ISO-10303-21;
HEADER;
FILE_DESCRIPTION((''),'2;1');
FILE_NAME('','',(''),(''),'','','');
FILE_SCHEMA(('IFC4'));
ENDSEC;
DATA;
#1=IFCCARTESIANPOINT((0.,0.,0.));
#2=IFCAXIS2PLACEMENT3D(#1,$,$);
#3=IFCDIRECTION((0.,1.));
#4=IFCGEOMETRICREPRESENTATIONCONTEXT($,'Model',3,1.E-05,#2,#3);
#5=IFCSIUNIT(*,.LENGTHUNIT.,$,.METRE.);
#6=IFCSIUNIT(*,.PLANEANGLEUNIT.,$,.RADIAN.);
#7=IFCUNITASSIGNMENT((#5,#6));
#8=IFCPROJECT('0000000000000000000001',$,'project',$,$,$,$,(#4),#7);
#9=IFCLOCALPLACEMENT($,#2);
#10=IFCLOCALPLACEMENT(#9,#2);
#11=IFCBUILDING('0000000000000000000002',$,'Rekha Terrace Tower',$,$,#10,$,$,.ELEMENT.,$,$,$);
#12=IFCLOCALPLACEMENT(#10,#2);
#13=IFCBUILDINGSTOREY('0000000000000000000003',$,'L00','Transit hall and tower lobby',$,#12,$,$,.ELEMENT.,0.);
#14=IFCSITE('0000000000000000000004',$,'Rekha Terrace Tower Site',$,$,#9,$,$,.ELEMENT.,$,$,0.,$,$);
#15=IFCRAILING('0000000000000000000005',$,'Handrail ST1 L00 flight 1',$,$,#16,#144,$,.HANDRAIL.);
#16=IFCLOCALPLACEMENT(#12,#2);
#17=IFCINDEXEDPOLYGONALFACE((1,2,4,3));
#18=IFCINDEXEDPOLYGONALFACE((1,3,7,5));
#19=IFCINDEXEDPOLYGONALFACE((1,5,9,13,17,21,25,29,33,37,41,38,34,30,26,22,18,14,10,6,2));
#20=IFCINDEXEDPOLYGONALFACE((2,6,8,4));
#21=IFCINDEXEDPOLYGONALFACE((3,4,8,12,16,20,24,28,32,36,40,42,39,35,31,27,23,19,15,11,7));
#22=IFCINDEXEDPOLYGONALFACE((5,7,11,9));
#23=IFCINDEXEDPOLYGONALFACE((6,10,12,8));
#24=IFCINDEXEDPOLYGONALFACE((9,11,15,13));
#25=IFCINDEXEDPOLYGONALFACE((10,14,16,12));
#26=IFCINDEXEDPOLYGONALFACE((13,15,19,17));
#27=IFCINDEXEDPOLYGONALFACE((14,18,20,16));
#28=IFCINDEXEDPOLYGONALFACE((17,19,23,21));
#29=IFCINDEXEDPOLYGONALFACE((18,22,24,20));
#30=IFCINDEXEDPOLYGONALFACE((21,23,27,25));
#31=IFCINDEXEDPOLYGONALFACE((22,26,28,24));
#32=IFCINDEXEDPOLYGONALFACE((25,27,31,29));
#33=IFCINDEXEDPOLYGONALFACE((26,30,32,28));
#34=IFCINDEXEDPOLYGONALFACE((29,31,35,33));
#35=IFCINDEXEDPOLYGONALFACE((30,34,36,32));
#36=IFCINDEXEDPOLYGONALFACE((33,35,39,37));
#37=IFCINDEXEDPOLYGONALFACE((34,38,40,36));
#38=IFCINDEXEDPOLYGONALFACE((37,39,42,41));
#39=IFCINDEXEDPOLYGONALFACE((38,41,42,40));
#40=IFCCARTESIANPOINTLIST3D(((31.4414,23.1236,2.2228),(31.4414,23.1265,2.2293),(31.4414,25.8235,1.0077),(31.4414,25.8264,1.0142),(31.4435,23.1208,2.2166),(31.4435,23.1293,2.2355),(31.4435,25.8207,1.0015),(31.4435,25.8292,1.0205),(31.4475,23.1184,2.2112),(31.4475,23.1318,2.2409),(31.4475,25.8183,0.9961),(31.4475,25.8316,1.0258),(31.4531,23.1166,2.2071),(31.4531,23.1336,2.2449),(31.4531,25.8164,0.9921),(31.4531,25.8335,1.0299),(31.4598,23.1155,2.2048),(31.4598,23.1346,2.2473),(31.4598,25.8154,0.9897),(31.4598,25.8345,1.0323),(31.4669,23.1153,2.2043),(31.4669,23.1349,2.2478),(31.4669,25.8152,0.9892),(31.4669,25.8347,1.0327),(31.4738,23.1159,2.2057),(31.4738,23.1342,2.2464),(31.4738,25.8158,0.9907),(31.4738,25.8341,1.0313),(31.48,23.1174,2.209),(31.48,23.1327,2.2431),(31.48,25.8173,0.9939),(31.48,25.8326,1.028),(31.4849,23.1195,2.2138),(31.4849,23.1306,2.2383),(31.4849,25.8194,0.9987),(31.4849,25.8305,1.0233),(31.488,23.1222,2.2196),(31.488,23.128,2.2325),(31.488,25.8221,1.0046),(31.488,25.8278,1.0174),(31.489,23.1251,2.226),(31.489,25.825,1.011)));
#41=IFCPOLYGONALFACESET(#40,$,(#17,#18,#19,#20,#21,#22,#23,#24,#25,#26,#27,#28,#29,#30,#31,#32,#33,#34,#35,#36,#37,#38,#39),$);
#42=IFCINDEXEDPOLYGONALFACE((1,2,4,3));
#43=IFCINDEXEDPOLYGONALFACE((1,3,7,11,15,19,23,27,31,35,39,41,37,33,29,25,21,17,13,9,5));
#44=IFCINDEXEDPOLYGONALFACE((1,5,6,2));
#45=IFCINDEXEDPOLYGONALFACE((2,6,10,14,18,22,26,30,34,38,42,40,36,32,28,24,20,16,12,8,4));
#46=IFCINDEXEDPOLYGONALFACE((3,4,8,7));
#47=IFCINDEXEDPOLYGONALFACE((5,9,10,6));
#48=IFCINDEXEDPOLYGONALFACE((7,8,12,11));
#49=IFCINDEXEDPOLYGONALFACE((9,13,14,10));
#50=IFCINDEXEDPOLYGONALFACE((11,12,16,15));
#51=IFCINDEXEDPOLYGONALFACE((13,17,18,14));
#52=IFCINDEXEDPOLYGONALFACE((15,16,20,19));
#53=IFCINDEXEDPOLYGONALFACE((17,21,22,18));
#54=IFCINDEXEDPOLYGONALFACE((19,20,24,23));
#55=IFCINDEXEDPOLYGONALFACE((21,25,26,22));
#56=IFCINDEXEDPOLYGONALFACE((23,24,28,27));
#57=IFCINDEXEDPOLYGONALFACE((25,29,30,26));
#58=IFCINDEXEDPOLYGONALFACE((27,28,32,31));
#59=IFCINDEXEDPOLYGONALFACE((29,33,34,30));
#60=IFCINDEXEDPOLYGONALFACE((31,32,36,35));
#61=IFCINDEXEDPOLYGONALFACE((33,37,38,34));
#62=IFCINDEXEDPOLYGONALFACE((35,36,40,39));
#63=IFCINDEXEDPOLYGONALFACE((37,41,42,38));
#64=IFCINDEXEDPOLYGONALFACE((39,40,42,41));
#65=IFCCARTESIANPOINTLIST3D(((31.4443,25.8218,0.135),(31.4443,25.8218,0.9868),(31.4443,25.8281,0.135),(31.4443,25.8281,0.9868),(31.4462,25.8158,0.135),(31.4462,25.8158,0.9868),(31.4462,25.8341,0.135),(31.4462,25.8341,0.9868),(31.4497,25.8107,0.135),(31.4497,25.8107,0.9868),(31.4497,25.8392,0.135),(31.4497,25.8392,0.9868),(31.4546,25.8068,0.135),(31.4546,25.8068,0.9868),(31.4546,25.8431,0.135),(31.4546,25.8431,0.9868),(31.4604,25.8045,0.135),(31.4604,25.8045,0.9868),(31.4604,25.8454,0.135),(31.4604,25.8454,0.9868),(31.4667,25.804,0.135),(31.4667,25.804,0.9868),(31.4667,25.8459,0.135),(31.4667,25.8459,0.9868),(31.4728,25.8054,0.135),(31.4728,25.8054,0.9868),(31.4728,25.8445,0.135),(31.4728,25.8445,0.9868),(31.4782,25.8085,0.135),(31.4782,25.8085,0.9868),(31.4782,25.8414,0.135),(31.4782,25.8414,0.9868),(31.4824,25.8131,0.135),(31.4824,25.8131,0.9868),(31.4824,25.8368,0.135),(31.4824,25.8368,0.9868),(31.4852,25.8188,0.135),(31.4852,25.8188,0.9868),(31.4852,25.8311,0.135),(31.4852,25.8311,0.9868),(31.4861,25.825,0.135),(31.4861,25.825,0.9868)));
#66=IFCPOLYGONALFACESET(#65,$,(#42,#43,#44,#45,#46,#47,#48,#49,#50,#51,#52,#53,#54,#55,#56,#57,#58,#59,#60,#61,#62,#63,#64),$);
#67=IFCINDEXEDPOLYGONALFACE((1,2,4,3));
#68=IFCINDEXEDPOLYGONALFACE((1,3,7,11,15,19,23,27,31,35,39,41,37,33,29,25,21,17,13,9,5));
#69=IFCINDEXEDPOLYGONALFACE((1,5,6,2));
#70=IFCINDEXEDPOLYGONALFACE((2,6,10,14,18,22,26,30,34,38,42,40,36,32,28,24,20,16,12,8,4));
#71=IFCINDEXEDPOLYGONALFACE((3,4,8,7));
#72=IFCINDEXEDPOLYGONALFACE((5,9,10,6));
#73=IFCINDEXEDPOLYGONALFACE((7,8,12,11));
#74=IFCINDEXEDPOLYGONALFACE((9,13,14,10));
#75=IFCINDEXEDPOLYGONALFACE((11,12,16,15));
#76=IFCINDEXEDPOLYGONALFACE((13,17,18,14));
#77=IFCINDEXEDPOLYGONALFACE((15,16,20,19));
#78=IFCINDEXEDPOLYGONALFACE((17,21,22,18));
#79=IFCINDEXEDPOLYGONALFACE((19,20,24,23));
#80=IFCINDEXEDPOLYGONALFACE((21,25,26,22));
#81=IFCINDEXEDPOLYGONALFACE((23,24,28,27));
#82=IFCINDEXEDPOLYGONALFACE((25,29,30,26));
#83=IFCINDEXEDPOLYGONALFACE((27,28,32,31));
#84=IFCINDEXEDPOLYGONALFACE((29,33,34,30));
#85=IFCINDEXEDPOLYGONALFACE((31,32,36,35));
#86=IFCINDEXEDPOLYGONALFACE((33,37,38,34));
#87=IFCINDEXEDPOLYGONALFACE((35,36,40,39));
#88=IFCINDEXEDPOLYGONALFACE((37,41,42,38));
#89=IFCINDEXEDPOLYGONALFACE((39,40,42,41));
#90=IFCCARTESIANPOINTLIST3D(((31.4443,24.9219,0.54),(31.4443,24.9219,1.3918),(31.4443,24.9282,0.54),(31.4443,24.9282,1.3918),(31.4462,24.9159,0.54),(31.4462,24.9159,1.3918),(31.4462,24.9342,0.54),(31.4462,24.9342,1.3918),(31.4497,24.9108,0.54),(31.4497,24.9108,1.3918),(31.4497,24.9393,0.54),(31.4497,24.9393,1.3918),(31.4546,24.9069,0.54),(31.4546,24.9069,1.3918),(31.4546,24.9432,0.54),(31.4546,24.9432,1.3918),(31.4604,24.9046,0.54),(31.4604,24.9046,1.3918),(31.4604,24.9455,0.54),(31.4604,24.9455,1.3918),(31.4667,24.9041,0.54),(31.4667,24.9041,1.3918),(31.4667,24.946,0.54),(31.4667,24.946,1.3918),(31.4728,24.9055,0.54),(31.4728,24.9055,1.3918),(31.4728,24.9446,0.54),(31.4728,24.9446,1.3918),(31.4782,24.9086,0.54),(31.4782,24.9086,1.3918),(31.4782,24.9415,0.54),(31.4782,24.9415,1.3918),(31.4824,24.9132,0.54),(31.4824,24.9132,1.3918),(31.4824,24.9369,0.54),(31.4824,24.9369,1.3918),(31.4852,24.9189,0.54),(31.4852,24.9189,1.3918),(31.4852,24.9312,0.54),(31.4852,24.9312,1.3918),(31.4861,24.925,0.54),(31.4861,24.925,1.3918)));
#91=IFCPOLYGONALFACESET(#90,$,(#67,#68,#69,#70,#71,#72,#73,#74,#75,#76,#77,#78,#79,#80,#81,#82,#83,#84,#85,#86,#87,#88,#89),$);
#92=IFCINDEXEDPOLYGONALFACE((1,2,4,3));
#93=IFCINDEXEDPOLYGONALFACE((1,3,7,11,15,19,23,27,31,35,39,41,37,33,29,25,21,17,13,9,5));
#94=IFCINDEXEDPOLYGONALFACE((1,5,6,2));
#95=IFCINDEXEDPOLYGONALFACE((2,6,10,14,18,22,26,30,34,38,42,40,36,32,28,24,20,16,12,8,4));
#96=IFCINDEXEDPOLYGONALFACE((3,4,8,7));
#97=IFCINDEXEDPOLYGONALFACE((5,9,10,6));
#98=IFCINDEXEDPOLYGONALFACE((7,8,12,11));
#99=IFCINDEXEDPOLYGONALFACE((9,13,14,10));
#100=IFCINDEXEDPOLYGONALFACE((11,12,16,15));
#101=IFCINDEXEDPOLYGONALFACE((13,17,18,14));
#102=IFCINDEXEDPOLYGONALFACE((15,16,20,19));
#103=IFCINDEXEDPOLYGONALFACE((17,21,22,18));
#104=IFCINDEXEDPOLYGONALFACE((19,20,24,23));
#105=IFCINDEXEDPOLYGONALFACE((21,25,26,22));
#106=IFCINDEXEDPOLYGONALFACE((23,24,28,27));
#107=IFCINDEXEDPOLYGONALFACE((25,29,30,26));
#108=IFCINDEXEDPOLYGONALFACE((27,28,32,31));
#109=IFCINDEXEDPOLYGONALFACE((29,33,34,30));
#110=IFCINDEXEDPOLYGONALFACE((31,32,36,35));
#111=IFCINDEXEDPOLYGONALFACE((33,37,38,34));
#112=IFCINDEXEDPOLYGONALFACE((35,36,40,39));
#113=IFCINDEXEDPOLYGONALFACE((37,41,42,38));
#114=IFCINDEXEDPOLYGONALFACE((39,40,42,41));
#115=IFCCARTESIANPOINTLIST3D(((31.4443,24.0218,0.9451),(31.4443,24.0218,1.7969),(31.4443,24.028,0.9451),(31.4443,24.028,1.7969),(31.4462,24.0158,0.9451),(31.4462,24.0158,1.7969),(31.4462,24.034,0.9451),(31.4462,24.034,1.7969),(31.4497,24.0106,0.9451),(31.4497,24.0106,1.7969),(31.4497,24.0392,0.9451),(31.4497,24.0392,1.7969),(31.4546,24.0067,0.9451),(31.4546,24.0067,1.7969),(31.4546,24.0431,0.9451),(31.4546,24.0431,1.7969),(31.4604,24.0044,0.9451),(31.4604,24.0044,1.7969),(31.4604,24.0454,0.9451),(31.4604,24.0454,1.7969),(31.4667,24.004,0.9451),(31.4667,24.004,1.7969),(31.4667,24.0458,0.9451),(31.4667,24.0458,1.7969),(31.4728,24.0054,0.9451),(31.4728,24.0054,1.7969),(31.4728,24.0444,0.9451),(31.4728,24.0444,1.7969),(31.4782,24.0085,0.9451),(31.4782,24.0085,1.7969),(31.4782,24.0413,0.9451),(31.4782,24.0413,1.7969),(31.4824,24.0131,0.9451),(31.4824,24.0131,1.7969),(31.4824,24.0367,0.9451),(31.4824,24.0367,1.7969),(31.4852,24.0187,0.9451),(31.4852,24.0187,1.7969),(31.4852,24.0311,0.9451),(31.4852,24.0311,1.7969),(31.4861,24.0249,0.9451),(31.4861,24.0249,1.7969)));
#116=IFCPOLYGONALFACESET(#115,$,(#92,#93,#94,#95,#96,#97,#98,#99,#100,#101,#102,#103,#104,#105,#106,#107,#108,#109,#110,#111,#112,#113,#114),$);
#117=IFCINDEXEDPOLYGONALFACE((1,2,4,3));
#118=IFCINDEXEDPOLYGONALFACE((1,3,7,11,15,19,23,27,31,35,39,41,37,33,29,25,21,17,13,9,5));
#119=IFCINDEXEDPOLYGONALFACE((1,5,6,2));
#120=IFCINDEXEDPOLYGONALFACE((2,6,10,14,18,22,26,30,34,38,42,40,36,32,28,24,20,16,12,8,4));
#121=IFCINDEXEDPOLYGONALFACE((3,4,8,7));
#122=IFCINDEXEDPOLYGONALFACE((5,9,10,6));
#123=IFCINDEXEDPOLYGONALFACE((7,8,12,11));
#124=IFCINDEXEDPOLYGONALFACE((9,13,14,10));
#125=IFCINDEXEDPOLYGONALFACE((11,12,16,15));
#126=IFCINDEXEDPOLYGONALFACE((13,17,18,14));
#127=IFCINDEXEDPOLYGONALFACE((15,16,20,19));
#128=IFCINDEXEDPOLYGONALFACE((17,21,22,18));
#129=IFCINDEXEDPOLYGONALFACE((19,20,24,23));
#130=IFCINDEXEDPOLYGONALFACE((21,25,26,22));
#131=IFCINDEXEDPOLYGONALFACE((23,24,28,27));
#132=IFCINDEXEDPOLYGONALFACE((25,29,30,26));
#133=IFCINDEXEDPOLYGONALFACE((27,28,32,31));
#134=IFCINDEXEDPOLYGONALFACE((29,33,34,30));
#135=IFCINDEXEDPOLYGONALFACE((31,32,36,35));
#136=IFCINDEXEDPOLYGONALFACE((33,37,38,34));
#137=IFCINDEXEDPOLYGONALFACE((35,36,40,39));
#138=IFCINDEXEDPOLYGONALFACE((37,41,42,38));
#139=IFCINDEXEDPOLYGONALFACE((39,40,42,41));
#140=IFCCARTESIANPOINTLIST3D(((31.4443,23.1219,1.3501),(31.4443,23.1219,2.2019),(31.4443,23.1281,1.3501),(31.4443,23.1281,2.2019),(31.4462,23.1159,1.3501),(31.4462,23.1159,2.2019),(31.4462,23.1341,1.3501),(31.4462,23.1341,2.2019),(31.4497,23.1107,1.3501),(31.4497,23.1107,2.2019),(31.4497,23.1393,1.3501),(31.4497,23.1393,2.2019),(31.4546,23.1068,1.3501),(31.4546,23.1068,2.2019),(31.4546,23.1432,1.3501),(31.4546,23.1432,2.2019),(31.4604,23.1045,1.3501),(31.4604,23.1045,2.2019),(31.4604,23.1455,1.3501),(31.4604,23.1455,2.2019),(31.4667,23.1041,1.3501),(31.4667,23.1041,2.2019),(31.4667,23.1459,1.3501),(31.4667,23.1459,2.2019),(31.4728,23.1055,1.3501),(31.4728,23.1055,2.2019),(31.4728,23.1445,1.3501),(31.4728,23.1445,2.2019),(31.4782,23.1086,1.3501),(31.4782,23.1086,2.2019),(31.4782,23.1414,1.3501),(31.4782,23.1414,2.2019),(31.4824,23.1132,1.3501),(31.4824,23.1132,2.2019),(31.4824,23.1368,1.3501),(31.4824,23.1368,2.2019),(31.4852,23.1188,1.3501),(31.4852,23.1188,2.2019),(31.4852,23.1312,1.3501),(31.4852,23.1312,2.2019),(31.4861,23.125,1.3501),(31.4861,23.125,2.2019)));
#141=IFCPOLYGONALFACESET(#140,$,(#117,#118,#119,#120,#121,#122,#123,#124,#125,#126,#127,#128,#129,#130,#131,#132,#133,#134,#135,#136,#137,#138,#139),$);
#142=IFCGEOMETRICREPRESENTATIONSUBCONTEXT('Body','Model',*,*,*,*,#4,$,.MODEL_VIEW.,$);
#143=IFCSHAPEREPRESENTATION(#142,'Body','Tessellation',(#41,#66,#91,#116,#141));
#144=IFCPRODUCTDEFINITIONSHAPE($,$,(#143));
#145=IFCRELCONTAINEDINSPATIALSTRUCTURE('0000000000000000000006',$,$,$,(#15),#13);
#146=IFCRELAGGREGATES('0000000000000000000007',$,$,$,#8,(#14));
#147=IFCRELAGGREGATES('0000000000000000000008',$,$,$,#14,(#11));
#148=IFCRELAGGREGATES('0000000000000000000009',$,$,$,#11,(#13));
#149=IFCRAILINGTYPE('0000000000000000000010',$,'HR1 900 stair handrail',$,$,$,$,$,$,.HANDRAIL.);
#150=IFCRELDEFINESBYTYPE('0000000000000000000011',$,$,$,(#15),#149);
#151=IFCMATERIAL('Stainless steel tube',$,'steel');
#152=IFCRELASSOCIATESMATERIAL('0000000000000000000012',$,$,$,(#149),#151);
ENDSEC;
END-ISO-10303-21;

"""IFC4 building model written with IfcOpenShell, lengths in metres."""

from ifc_helpers import new_model, si_unit, direction, frame, origin, origin_2d, place, context, subcontext, project, spatial, circle, extrude, material, type_object, element, save


model = new_model("IFC4")

# Units and contexts
model_context = context("Model", 3, precision=1e-05, world=origin(), true_north=direction((0.0, 1.0)))
body_context = subcontext(model_context, "Body", "Model", "MODEL_VIEW")
ifc_project = project(units=[si_unit("LENGTHUNIT", "METRE"), si_unit("PLANEANGLEUNIT", "RADIAN")], contexts=[model_context])

# Site, building, storey
site_placement = place(None, origin())
site = spatial("IfcSite", under=ifc_project, at=site_placement, Name="Rekha Terrace Tower Site", CompositionType="ELEMENT", RefElevation=0.0)
building_placement = place(site_placement, origin())
building = spatial("IfcBuilding", under=site, at=building_placement, Name="Rekha Terrace Tower", CompositionType="ELEMENT")
storey_placement = place(building_placement, origin())
storey = spatial("IfcBuildingStorey", under=building, at=storey_placement, Name="L00", Description="Transit hall and tower lobby", CompositionType="ELEMENT", Elevation=0.0)

# Railing
ifc_material_1 = material(Name="Stainless steel tube", Category="steel")
railing_type_1 = type_object("IfcRailingType", Name="HR1 900 stair handrail", PredefinedType="HANDRAIL", material=ifc_material_1)
railing_1_placement = place(storey_placement, frame((31.4651, 25.825, 0.135)))
element("IfcRailing", 1, at=railing_1_placement, inside=storey, type_object=railing_type_1, Name="Handrail ST1 L00 flight 1", PredefinedType="HANDRAIL", context=body_context, shape_type="SweptSolid", body=[
    extrude(circle(Radius=0.0239, at=origin_2d()), frame((0.0, 0.0, 0.876), z_axis=(0.0, -0.911908, 0.410396), x_axis=(1.0, 0.0, 0.0)), (0.0, 0.0, 1.0), 2.9607),
    extrude(circle(Radius=0.021, at=origin_2d()), origin(), (0.0, 0.0, 1.0), 0.8518),
    extrude(circle(Radius=0.021, at=origin_2d()), frame((0.0, -0.8999, 0.405)), (0.0, 0.0, 1.0), 0.8518),
    extrude(circle(Radius=0.021, at=origin_2d()), frame((0.0, -1.8, 0.8101)), (0.0, 0.0, 1.0), 0.8518),
    extrude(circle(Radius=0.021, at=origin_2d()), frame((0.0, -2.7, 1.2151)), (0.0, 0.0, 1.0), 0.8518),
])

save(model, "model.ifc")
